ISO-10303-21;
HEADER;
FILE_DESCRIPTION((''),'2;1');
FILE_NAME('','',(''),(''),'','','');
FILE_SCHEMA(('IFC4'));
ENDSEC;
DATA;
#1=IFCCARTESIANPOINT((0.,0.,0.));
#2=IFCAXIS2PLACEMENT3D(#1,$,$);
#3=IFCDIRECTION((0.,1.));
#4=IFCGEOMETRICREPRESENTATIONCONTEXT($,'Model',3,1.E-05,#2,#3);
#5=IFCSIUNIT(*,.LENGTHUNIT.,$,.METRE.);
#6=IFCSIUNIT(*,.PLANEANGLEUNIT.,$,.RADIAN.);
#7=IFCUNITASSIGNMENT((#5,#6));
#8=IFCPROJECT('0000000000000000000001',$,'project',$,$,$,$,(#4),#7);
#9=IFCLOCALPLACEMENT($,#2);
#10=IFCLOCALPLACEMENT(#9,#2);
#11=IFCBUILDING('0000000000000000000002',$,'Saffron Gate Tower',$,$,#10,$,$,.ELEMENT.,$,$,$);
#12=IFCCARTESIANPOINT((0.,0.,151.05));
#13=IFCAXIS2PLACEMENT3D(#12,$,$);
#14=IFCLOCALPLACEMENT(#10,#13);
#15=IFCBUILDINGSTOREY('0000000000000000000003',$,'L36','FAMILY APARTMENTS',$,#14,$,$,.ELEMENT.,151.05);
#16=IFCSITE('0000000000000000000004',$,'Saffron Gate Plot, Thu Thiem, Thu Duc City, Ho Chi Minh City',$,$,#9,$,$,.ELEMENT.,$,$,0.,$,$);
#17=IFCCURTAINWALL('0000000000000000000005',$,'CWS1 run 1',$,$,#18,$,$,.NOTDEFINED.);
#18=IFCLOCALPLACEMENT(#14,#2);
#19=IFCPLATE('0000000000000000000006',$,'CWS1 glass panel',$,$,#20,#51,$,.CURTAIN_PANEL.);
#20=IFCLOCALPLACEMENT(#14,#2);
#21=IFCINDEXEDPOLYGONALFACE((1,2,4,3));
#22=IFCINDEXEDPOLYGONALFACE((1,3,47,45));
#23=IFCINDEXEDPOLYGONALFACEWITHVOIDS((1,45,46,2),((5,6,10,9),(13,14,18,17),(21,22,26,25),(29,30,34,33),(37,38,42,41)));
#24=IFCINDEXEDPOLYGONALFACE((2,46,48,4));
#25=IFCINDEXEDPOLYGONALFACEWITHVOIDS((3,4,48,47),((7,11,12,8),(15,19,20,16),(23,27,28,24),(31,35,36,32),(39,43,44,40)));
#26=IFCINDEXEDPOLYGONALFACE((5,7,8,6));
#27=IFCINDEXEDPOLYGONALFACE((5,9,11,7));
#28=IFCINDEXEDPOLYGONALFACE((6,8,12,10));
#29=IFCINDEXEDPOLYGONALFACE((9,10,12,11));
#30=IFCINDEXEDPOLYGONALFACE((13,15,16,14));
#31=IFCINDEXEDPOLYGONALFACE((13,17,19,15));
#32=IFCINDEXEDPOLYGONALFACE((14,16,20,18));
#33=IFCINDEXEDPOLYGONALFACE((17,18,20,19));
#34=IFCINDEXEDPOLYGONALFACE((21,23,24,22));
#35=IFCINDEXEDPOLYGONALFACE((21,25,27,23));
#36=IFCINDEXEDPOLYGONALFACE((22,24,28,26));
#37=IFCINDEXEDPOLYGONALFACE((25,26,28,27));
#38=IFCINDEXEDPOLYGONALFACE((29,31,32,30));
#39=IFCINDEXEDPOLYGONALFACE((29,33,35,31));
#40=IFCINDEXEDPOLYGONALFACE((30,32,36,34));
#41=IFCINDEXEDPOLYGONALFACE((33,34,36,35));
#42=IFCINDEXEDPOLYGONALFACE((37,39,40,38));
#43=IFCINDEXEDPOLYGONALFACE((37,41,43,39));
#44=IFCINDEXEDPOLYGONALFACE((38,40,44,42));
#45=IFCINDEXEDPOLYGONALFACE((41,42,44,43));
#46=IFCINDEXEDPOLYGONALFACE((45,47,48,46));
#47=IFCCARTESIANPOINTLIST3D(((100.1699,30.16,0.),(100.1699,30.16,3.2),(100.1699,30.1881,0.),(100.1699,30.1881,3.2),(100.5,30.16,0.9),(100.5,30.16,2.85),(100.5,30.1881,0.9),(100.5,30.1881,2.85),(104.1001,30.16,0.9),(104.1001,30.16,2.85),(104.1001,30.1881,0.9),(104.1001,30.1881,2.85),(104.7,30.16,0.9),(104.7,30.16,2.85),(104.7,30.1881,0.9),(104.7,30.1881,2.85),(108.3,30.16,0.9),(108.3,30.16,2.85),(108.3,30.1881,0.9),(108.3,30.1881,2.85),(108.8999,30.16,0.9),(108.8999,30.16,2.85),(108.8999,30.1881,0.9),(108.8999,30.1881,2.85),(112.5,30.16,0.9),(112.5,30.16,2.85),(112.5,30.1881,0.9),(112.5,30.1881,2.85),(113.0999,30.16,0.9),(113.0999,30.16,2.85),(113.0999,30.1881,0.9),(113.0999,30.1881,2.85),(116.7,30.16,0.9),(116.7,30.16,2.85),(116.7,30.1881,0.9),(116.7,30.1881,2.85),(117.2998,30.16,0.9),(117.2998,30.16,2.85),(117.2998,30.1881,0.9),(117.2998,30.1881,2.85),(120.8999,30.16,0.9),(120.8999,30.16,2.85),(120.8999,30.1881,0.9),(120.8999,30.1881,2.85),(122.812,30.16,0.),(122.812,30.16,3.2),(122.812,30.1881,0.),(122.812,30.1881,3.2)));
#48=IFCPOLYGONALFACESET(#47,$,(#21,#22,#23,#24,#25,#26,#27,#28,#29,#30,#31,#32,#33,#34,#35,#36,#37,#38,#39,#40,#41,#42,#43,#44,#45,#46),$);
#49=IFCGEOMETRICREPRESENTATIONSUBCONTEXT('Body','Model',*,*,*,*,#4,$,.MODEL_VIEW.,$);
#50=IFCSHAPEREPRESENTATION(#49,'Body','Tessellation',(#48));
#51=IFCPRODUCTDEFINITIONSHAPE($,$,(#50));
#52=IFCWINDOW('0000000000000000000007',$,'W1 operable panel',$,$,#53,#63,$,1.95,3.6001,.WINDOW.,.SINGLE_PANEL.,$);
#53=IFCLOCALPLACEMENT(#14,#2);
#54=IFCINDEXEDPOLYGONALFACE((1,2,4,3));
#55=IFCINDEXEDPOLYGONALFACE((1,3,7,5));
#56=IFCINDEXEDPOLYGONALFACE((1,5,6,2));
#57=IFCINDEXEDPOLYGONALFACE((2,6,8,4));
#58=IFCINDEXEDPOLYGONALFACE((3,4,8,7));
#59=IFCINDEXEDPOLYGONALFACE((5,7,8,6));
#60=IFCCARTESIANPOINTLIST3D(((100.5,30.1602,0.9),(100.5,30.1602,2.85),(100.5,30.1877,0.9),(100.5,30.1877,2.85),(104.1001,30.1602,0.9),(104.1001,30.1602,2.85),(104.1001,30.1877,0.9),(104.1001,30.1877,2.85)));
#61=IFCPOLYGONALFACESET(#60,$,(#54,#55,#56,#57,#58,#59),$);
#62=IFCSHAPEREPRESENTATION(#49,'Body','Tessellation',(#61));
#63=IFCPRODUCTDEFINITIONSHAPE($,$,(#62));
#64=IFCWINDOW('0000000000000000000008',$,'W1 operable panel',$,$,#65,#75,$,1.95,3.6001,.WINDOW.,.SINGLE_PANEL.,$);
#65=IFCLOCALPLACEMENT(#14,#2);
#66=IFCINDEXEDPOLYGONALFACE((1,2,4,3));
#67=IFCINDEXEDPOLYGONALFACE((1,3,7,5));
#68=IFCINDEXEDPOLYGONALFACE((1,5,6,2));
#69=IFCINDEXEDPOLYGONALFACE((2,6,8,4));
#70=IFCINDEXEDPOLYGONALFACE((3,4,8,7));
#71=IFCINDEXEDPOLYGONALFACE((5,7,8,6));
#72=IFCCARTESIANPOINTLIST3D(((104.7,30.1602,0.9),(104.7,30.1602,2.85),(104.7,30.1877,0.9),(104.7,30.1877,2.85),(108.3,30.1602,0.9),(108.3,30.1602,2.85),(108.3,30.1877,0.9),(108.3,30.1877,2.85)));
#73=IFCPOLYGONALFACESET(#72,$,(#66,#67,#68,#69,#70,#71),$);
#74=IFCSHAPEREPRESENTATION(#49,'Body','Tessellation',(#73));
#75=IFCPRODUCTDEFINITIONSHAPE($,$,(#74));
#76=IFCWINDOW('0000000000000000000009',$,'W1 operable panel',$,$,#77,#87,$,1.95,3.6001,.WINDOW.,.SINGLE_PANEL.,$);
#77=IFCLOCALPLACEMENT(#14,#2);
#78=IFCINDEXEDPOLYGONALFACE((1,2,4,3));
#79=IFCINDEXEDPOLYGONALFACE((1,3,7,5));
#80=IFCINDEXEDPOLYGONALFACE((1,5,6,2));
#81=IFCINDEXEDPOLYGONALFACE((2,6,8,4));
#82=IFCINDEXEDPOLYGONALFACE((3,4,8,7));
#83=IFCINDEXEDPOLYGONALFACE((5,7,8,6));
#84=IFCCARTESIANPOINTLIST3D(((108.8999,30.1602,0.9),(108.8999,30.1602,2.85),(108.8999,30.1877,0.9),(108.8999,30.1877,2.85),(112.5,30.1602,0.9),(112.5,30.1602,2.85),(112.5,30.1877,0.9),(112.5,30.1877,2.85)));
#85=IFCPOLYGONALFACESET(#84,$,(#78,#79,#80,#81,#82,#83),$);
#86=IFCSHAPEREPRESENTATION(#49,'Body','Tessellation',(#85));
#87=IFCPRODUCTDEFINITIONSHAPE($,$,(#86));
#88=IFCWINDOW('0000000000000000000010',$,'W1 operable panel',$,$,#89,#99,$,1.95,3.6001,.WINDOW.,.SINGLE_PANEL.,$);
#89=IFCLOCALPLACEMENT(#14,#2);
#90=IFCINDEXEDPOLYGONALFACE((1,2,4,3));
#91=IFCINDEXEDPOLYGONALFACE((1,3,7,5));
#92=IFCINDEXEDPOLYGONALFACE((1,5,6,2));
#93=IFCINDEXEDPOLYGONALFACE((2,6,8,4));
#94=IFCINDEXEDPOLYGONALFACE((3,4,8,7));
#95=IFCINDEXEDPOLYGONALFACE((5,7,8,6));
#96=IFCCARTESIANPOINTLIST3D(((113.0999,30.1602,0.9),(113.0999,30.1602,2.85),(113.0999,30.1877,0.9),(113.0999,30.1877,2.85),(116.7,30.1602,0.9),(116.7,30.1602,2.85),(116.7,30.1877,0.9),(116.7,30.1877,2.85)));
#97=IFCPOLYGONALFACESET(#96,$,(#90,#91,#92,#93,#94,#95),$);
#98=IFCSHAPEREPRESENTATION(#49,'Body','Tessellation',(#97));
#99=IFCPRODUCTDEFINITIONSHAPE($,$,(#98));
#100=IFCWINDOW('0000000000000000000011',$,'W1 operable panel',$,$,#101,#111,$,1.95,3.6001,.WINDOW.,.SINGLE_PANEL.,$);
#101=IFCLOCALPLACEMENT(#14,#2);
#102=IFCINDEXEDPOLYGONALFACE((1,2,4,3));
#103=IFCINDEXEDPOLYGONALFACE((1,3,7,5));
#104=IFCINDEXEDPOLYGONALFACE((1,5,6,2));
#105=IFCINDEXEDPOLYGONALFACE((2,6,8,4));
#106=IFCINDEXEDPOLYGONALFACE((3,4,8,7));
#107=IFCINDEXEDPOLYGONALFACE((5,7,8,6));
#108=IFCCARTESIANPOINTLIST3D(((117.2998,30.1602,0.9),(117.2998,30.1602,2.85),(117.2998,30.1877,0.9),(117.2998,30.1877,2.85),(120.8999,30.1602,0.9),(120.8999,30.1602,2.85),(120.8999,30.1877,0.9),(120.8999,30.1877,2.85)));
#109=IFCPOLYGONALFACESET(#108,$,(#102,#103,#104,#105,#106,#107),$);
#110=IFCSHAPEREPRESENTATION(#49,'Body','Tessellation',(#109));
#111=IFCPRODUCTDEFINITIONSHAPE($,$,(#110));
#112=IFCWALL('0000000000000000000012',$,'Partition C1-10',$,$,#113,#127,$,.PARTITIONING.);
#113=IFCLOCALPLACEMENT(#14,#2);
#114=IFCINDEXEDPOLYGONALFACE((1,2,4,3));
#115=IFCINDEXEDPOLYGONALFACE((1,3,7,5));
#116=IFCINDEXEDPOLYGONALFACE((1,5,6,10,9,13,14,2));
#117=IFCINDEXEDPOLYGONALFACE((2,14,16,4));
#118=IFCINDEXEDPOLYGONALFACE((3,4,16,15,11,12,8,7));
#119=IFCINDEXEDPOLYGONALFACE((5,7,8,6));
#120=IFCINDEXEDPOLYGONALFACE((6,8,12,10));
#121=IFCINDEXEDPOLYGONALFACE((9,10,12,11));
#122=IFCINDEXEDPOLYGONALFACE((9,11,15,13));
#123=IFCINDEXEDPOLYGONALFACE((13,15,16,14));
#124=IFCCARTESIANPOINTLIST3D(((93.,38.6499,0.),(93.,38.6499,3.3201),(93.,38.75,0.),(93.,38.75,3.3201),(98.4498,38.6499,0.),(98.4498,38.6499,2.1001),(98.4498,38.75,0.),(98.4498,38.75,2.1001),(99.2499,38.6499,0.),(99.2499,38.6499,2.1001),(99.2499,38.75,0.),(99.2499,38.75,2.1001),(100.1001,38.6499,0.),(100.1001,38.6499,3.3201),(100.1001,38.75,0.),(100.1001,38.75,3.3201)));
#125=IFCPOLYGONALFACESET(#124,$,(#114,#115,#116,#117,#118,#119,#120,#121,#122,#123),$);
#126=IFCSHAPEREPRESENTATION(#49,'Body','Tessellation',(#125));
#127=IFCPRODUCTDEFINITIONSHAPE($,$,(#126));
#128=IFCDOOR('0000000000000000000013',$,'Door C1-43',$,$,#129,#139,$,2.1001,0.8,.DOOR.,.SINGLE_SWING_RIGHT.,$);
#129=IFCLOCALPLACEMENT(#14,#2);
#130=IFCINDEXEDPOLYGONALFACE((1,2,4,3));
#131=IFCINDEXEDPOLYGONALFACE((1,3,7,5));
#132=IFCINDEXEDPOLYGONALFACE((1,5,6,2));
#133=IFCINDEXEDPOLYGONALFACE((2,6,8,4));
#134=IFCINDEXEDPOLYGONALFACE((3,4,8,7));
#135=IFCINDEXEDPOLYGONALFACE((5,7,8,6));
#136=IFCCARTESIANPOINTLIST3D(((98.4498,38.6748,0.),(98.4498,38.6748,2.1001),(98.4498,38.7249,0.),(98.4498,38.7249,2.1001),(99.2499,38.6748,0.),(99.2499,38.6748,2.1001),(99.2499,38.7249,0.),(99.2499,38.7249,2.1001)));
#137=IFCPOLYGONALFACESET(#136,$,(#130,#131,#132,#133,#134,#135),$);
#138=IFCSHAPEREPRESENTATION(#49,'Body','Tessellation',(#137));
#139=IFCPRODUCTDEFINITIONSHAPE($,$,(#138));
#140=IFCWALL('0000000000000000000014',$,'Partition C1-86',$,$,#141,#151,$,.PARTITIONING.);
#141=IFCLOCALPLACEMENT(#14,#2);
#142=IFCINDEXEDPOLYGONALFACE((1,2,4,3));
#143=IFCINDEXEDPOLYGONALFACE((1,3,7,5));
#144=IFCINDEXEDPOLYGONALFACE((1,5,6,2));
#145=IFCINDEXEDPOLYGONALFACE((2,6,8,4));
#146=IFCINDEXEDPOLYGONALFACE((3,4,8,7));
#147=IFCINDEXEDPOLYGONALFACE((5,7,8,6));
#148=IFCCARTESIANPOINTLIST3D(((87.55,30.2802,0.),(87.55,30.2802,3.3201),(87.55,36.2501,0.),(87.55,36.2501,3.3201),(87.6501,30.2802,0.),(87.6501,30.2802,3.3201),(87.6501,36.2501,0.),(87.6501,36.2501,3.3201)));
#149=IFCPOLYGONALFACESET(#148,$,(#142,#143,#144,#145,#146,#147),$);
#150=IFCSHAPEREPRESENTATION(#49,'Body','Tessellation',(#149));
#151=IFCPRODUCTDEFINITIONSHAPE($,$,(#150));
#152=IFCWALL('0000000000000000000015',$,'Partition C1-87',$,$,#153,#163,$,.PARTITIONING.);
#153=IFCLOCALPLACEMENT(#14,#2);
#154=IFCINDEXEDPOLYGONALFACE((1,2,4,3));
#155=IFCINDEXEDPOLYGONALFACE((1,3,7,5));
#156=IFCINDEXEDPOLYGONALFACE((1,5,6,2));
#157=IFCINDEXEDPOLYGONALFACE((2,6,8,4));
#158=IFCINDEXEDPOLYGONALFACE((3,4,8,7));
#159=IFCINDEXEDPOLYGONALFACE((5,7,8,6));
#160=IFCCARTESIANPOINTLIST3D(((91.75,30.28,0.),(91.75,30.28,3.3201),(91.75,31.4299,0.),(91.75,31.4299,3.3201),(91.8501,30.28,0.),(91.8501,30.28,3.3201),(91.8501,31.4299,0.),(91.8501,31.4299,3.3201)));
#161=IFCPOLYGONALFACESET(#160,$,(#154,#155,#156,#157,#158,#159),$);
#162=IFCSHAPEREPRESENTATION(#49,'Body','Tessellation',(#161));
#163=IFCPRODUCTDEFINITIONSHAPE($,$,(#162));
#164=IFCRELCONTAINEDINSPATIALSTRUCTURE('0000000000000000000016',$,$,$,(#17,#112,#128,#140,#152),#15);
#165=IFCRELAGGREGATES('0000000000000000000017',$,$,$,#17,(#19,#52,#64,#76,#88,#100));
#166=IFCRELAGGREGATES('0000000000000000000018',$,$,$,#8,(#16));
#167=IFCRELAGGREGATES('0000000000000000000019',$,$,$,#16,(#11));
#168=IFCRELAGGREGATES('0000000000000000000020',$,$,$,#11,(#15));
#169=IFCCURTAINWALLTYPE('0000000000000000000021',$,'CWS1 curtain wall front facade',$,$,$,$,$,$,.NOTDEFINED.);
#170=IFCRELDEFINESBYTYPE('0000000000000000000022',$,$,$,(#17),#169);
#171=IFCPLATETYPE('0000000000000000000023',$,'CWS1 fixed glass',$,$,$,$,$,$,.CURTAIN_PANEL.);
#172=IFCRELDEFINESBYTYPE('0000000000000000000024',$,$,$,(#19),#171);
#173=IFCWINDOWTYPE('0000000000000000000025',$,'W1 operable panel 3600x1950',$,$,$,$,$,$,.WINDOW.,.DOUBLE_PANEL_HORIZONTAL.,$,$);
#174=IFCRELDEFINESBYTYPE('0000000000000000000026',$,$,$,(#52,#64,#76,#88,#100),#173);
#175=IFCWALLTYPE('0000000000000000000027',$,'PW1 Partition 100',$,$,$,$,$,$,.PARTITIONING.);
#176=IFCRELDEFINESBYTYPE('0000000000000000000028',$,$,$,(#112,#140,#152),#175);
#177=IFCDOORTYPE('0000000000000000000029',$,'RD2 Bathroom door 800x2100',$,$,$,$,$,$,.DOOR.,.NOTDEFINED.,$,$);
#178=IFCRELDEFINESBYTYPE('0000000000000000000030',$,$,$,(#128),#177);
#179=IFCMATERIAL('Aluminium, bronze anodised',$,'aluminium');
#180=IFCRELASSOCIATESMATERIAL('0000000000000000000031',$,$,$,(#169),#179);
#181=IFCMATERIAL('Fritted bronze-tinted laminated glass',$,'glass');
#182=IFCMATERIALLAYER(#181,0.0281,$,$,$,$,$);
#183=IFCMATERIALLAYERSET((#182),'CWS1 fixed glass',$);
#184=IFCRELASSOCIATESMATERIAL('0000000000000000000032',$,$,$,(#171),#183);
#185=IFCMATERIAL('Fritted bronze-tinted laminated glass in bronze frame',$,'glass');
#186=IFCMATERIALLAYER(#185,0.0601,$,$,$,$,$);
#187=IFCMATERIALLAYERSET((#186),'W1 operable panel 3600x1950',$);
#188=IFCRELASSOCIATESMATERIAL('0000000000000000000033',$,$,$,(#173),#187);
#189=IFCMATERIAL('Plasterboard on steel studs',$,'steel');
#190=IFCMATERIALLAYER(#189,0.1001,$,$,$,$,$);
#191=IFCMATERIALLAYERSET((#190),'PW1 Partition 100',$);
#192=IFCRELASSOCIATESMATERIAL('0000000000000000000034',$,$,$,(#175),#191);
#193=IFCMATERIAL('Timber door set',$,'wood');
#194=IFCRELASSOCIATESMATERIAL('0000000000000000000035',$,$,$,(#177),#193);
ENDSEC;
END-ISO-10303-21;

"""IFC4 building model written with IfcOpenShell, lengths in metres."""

from ifc_helpers import new_model, si_unit, direction, frame, frame_2d, origin, place, context, subcontext, project, spatial, rectangle, extrude, material, layer, layer_set, type_object, element, fill, aggregate, save


model = new_model("IFC4")

# Units and contexts
model_context = context("Model", 3, precision=1e-05, world=origin(), true_north=direction((0.0, 1.0)))
body_context = subcontext(model_context, "Body", "Model", "MODEL_VIEW")
ifc_project = project(units=[si_unit("LENGTHUNIT", "METRE"), si_unit("PLANEANGLEUNIT", "RADIAN")], contexts=[model_context])

# Site, building, storey
site_placement = place(None, origin())
site = spatial("IfcSite", under=ifc_project, at=site_placement, Name="Saffron Gate Plot, Thu Thiem, Thu Duc City, Ho Chi Minh City", CompositionType="ELEMENT", RefElevation=0.0)
building_placement = place(site_placement, origin())
building = spatial("IfcBuilding", under=site, at=building_placement, Name="Saffron Gate Tower", CompositionType="ELEMENT")
storey_placement = place(building_placement, frame((0.0, 0.0, 151.05)))
storey = spatial("IfcBuildingStorey", under=building, at=storey_placement, Name="L36", Description="FAMILY APARTMENTS", CompositionType="ELEMENT", Elevation=151.05)

# Curtain wall, plate, openings, windows
ifc_material_1 = material(Name="Aluminium, bronze anodised", Category="aluminium")
curtain_wall_type = type_object("IfcCurtainWallType", Name="CWS1 curtain wall front facade", PredefinedType="NOTDEFINED", material=ifc_material_1)
curtain_wall_placement = place(storey_placement, origin())
curtain_wall = element("IfcCurtainWall", 1, at=curtain_wall_placement, inside=storey, type_object=curtain_wall_type, Name="CWS1 run 1", PredefinedType="NOTDEFINED")
ifc_material_2 = material(Name="Fritted bronze-tinted laminated glass", Category="glass")
ifc_layer_1 = layer(ifc_material_2, 0.0281)
ifc_layer_set_1 = layer_set([ifc_layer_1], Name="CWS1 fixed glass")
plate_type = type_object("IfcPlateType", Name="CWS1 fixed glass", PredefinedType="CURTAIN_PANEL", material=ifc_layer_set_1)
plate_placement = place(storey_placement, frame((100.1699, 30.1741, 0.0), z_axis=(0.0, 0.0, 1.0), x_axis=(1.0, 0.0, 0.0)))
plate = element("IfcPlate", 2, at=plate_placement, type_object=plate_type, Name="CWS1 glass panel", PredefinedType="CURTAIN_PANEL", context=body_context, shape_type="SweptSolid", body=[
    extrude(rectangle(XDim=22.6421, YDim=0.0281, at=frame_2d((11.321, 0.0))), origin(), (0.0, 0.0, 1.0), 3.2),
])
opening_1_placement = place(plate_placement, frame((0.3301, 0.0, 0.8999)))
opening_1 = element("IfcOpeningElement", 3, at=opening_1_placement, cuts=plate, PredefinedType="OPENING", context=body_context, shape_type="SweptSolid", body=[
    extrude(rectangle(XDim=3.6001, YDim=1.95, at=frame_2d((1.8, 0.9751))), frame((0.0, 0.0239, 0.0), z_axis=(0.0, -1.0, 0.0), x_axis=(1.0, 0.0, 0.0)), (0.0, 0.0, 1.0), 0.0481),
])
opening_2_placement = place(plate_placement, frame((4.53, 0.0, 0.8999)))
opening_2 = element("IfcOpeningElement", 4, at=opening_2_placement, cuts=plate, PredefinedType="OPENING", context=body_context, shape_type="SweptSolid", body=[
    extrude(rectangle(XDim=3.6001, YDim=1.95, at=frame_2d((1.8, 0.9751))), frame((0.0, 0.0239, 0.0), z_axis=(0.0, -1.0, 0.0), x_axis=(1.0, 0.0, 0.0)), (0.0, 0.0, 1.0), 0.0481),
])
opening_3_placement = place(plate_placement, frame((8.73, 0.0, 0.8999)))
opening_3 = element("IfcOpeningElement", 5, at=opening_3_placement, cuts=plate, PredefinedType="OPENING", context=body_context, shape_type="SweptSolid", body=[
    extrude(rectangle(XDim=3.6001, YDim=1.95, at=frame_2d((1.8, 0.9751))), frame((0.0, 0.0239, 0.0), z_axis=(0.0, -1.0, 0.0), x_axis=(1.0, 0.0, 0.0)), (0.0, 0.0, 1.0), 0.0481),
])
opening_4_placement = place(plate_placement, frame((12.9299, 0.0, 0.8999)))
opening_4 = element("IfcOpeningElement", 6, at=opening_4_placement, cuts=plate, PredefinedType="OPENING", context=body_context, shape_type="SweptSolid", body=[
    extrude(rectangle(XDim=3.6001, YDim=1.95, at=frame_2d((1.8, 0.9751))), frame((0.0, 0.0239, 0.0), z_axis=(0.0, -1.0, 0.0), x_axis=(1.0, 0.0, 0.0)), (0.0, 0.0, 1.0), 0.0481),
])
opening_5_placement = place(plate_placement, frame((17.1299, 0.0, 0.8999)))
opening_5 = element("IfcOpeningElement", 7, at=opening_5_placement, cuts=plate, PredefinedType="OPENING", context=body_context, shape_type="SweptSolid", body=[
    extrude(rectangle(XDim=3.6001, YDim=1.95, at=frame_2d((1.8, 0.9751))), frame((0.0, 0.0239, 0.0), z_axis=(0.0, -1.0, 0.0), x_axis=(1.0, 0.0, 0.0)), (0.0, 0.0, 1.0), 0.0481),
])
ifc_material_3 = material(Name="Fritted bronze-tinted laminated glass in bronze frame", Category="glass")
ifc_layer_2 = layer(ifc_material_3, 0.0601)
ifc_layer_set_2 = layer_set([ifc_layer_2], Name="W1 operable panel 3600x1950")
window_type = type_object("IfcWindowType", Name="W1 operable panel 3600x1950", PartitioningType="DOUBLE_PANEL_HORIZONTAL", PredefinedType="WINDOW", material=ifc_layer_set_2)
window_1_placement = place(opening_1_placement, origin())
window_1 = element("IfcWindow", 8, at=window_1_placement, type_object=window_type, Name="W1 operable panel", OverallHeight=1.95, OverallWidth=3.6001, PartitioningType="SINGLE_PANEL", PredefinedType="WINDOW", context=body_context, shape_type="SweptSolid", body=[
    extrude(rectangle(XDim=3.6001, YDim=1.95, at=frame_2d((1.8, 0.9751))), frame((0.0, 0.0137, 0.0), z_axis=(0.0, -1.0, 0.0), x_axis=(1.0, 0.0, 0.0)), (0.0, 0.0, 1.0), 0.0276),
])
fill(opening_1, window_1)
window_2_placement = place(opening_2_placement, origin())
window_2 = element("IfcWindow", 9, at=window_2_placement, type_object=window_type, Name="W1 operable panel", OverallHeight=1.95, OverallWidth=3.6001, PartitioningType="SINGLE_PANEL", PredefinedType="WINDOW", context=body_context, shape_type="SweptSolid", body=[
    extrude(rectangle(XDim=3.6001, YDim=1.95, at=frame_2d((1.8, 0.9751))), frame((0.0, 0.0137, 0.0), z_axis=(0.0, -1.0, 0.0), x_axis=(1.0, 0.0, 0.0)), (0.0, 0.0, 1.0), 0.0276),
])
fill(opening_2, window_2)
window_3_placement = place(opening_3_placement, origin())
window_3 = element("IfcWindow", 10, at=window_3_placement, type_object=window_type, Name="W1 operable panel", OverallHeight=1.95, OverallWidth=3.6001, PartitioningType="SINGLE_PANEL", PredefinedType="WINDOW", context=body_context, shape_type="SweptSolid", body=[
    extrude(rectangle(XDim=3.6001, YDim=1.95, at=frame_2d((1.8, 0.9751))), frame((0.0, 0.0137, 0.0), z_axis=(0.0, -1.0, 0.0), x_axis=(1.0, 0.0, 0.0)), (0.0, 0.0, 1.0), 0.0276),
])
fill(opening_3, window_3)
window_4_placement = place(opening_4_placement, origin())
window_4 = element("IfcWindow", 11, at=window_4_placement, type_object=window_type, Name="W1 operable panel", OverallHeight=1.95, OverallWidth=3.6001, PartitioningType="SINGLE_PANEL", PredefinedType="WINDOW", context=body_context, shape_type="SweptSolid", body=[
    extrude(rectangle(XDim=3.6001, YDim=1.95, at=frame_2d((1.8, 0.9751))), frame((0.0, 0.0137, 0.0), z_axis=(0.0, -1.0, 0.0), x_axis=(1.0, 0.0, 0.0)), (0.0, 0.0, 1.0), 0.0276),
])
fill(opening_4, window_4)
window_5_placement = place(opening_5_placement, origin())
window_5 = element("IfcWindow", 12, at=window_5_placement, type_object=window_type, Name="W1 operable panel", OverallHeight=1.95, OverallWidth=3.6001, PartitioningType="SINGLE_PANEL", PredefinedType="WINDOW", context=body_context, shape_type="SweptSolid", body=[
    extrude(rectangle(XDim=3.6001, YDim=1.95, at=frame_2d((1.8, 0.9751))), frame((0.0, 0.0137, 0.0), z_axis=(0.0, -1.0, 0.0), x_axis=(1.0, 0.0, 0.0)), (0.0, 0.0, 1.0), 0.0276),
])
fill(opening_5, window_5)
aggregate(curtain_wall, [plate, window_1, window_2, window_3, window_4, window_5])

# Wall, opening, door
ifc_material_4 = material(Name="Plasterboard on steel studs", Category="steel")
ifc_layer_3 = layer(ifc_material_4, 0.1001)
ifc_layer_set_3 = layer_set([ifc_layer_3], Name="PW1 Partition 100")
wall_type_1 = type_object("IfcWallType", Name="PW1 Partition 100", PredefinedType="PARTITIONING", material=ifc_layer_set_3)
wall_1_placement = place(storey_placement, frame((93.0, 38.7, 0.0), z_axis=(0.0, 0.0, 1.0), x_axis=(1.0, 0.0, 0.0)))
wall_1 = element("IfcWall", 13, at=wall_1_placement, inside=storey, type_object=wall_type_1, Name="Partition C1-10", PredefinedType="PARTITIONING", context=body_context, shape_type="SweptSolid", body=[
    extrude(rectangle(XDim=7.1001, YDim=0.1001, at=frame_2d((3.55, 0.0))), origin(), (0.0, 0.0, 1.0), 3.3201),
])
opening_6_placement = place(wall_1_placement, frame((5.45, 0.0, 0.0)))
opening_6 = element("IfcOpeningElement", 14, at=opening_6_placement, cuts=wall_1, PredefinedType="OPENING", context=body_context, shape_type="SweptSolid", body=[
    extrude(rectangle(XDim=0.8, YDim=2.1001, at=frame_2d((0.3999, 1.05))), frame((0.0, 0.0601, 0.0), z_axis=(0.0, -1.0, 0.0), x_axis=(1.0, 0.0, 0.0)), (0.0, 0.0, 1.0), 0.1201),
])
ifc_material_5 = material(Name="Timber door set", Category="wood")
door_type_1 = type_object("IfcDoorType", Name="RD2 Bathroom door 800x2100", OperationType="NOTDEFINED", PredefinedType="DOOR", material=ifc_material_5)
door_1_placement = place(opening_6_placement, origin())
door_1 = element("IfcDoor", 15, at=door_1_placement, inside=storey, type_object=door_type_1, Name="Door C1-43", OperationType="SINGLE_SWING_RIGHT", OverallHeight=2.1001, OverallWidth=0.8, PredefinedType="DOOR", context=body_context, shape_type="SweptSolid", body=[
    extrude(rectangle(XDim=0.8, YDim=2.1001, at=frame_2d((0.3999, 1.05))), frame((0.0, 0.0249, 0.0), z_axis=(0.0, -1.0, 0.0), x_axis=(1.0, 0.0, 0.0)), (0.0, 0.0, 1.0), 0.05),
])
fill(opening_6, door_1)

# Walls
wall_2_placement = place(storey_placement, frame((87.6001, 36.25, 0.0), z_axis=(0.0, 0.0, 1.0), x_axis=(0.0, -1.0, 0.0)))
element("IfcWall", 16, at=wall_2_placement, inside=storey, type_object=wall_type_1, Name="Partition C1-86", PredefinedType="PARTITIONING", context=body_context, shape_type="SweptSolid", body=[
    extrude(rectangle(XDim=5.97, YDim=0.1001, at=frame_2d((2.9849, 0.0))), origin(), (0.0, 0.0, 1.0), 3.3201),
])
wall_3_placement = place(storey_placement, frame((91.8, 31.4299, 0.0), z_axis=(0.0, 0.0, 1.0), x_axis=(0.0, -1.0, 0.0)))
element("IfcWall", 17, at=wall_3_placement, inside=storey, type_object=wall_type_1, Name="Partition C1-87", PredefinedType="PARTITIONING", context=body_context, shape_type="SweptSolid", body=[
    extrude(rectangle(XDim=1.1499, YDim=0.1001, at=frame_2d((0.575, 0.0))), origin(), (0.0, 0.0, 1.0), 3.3201),
])

save(model, "model.ifc")
